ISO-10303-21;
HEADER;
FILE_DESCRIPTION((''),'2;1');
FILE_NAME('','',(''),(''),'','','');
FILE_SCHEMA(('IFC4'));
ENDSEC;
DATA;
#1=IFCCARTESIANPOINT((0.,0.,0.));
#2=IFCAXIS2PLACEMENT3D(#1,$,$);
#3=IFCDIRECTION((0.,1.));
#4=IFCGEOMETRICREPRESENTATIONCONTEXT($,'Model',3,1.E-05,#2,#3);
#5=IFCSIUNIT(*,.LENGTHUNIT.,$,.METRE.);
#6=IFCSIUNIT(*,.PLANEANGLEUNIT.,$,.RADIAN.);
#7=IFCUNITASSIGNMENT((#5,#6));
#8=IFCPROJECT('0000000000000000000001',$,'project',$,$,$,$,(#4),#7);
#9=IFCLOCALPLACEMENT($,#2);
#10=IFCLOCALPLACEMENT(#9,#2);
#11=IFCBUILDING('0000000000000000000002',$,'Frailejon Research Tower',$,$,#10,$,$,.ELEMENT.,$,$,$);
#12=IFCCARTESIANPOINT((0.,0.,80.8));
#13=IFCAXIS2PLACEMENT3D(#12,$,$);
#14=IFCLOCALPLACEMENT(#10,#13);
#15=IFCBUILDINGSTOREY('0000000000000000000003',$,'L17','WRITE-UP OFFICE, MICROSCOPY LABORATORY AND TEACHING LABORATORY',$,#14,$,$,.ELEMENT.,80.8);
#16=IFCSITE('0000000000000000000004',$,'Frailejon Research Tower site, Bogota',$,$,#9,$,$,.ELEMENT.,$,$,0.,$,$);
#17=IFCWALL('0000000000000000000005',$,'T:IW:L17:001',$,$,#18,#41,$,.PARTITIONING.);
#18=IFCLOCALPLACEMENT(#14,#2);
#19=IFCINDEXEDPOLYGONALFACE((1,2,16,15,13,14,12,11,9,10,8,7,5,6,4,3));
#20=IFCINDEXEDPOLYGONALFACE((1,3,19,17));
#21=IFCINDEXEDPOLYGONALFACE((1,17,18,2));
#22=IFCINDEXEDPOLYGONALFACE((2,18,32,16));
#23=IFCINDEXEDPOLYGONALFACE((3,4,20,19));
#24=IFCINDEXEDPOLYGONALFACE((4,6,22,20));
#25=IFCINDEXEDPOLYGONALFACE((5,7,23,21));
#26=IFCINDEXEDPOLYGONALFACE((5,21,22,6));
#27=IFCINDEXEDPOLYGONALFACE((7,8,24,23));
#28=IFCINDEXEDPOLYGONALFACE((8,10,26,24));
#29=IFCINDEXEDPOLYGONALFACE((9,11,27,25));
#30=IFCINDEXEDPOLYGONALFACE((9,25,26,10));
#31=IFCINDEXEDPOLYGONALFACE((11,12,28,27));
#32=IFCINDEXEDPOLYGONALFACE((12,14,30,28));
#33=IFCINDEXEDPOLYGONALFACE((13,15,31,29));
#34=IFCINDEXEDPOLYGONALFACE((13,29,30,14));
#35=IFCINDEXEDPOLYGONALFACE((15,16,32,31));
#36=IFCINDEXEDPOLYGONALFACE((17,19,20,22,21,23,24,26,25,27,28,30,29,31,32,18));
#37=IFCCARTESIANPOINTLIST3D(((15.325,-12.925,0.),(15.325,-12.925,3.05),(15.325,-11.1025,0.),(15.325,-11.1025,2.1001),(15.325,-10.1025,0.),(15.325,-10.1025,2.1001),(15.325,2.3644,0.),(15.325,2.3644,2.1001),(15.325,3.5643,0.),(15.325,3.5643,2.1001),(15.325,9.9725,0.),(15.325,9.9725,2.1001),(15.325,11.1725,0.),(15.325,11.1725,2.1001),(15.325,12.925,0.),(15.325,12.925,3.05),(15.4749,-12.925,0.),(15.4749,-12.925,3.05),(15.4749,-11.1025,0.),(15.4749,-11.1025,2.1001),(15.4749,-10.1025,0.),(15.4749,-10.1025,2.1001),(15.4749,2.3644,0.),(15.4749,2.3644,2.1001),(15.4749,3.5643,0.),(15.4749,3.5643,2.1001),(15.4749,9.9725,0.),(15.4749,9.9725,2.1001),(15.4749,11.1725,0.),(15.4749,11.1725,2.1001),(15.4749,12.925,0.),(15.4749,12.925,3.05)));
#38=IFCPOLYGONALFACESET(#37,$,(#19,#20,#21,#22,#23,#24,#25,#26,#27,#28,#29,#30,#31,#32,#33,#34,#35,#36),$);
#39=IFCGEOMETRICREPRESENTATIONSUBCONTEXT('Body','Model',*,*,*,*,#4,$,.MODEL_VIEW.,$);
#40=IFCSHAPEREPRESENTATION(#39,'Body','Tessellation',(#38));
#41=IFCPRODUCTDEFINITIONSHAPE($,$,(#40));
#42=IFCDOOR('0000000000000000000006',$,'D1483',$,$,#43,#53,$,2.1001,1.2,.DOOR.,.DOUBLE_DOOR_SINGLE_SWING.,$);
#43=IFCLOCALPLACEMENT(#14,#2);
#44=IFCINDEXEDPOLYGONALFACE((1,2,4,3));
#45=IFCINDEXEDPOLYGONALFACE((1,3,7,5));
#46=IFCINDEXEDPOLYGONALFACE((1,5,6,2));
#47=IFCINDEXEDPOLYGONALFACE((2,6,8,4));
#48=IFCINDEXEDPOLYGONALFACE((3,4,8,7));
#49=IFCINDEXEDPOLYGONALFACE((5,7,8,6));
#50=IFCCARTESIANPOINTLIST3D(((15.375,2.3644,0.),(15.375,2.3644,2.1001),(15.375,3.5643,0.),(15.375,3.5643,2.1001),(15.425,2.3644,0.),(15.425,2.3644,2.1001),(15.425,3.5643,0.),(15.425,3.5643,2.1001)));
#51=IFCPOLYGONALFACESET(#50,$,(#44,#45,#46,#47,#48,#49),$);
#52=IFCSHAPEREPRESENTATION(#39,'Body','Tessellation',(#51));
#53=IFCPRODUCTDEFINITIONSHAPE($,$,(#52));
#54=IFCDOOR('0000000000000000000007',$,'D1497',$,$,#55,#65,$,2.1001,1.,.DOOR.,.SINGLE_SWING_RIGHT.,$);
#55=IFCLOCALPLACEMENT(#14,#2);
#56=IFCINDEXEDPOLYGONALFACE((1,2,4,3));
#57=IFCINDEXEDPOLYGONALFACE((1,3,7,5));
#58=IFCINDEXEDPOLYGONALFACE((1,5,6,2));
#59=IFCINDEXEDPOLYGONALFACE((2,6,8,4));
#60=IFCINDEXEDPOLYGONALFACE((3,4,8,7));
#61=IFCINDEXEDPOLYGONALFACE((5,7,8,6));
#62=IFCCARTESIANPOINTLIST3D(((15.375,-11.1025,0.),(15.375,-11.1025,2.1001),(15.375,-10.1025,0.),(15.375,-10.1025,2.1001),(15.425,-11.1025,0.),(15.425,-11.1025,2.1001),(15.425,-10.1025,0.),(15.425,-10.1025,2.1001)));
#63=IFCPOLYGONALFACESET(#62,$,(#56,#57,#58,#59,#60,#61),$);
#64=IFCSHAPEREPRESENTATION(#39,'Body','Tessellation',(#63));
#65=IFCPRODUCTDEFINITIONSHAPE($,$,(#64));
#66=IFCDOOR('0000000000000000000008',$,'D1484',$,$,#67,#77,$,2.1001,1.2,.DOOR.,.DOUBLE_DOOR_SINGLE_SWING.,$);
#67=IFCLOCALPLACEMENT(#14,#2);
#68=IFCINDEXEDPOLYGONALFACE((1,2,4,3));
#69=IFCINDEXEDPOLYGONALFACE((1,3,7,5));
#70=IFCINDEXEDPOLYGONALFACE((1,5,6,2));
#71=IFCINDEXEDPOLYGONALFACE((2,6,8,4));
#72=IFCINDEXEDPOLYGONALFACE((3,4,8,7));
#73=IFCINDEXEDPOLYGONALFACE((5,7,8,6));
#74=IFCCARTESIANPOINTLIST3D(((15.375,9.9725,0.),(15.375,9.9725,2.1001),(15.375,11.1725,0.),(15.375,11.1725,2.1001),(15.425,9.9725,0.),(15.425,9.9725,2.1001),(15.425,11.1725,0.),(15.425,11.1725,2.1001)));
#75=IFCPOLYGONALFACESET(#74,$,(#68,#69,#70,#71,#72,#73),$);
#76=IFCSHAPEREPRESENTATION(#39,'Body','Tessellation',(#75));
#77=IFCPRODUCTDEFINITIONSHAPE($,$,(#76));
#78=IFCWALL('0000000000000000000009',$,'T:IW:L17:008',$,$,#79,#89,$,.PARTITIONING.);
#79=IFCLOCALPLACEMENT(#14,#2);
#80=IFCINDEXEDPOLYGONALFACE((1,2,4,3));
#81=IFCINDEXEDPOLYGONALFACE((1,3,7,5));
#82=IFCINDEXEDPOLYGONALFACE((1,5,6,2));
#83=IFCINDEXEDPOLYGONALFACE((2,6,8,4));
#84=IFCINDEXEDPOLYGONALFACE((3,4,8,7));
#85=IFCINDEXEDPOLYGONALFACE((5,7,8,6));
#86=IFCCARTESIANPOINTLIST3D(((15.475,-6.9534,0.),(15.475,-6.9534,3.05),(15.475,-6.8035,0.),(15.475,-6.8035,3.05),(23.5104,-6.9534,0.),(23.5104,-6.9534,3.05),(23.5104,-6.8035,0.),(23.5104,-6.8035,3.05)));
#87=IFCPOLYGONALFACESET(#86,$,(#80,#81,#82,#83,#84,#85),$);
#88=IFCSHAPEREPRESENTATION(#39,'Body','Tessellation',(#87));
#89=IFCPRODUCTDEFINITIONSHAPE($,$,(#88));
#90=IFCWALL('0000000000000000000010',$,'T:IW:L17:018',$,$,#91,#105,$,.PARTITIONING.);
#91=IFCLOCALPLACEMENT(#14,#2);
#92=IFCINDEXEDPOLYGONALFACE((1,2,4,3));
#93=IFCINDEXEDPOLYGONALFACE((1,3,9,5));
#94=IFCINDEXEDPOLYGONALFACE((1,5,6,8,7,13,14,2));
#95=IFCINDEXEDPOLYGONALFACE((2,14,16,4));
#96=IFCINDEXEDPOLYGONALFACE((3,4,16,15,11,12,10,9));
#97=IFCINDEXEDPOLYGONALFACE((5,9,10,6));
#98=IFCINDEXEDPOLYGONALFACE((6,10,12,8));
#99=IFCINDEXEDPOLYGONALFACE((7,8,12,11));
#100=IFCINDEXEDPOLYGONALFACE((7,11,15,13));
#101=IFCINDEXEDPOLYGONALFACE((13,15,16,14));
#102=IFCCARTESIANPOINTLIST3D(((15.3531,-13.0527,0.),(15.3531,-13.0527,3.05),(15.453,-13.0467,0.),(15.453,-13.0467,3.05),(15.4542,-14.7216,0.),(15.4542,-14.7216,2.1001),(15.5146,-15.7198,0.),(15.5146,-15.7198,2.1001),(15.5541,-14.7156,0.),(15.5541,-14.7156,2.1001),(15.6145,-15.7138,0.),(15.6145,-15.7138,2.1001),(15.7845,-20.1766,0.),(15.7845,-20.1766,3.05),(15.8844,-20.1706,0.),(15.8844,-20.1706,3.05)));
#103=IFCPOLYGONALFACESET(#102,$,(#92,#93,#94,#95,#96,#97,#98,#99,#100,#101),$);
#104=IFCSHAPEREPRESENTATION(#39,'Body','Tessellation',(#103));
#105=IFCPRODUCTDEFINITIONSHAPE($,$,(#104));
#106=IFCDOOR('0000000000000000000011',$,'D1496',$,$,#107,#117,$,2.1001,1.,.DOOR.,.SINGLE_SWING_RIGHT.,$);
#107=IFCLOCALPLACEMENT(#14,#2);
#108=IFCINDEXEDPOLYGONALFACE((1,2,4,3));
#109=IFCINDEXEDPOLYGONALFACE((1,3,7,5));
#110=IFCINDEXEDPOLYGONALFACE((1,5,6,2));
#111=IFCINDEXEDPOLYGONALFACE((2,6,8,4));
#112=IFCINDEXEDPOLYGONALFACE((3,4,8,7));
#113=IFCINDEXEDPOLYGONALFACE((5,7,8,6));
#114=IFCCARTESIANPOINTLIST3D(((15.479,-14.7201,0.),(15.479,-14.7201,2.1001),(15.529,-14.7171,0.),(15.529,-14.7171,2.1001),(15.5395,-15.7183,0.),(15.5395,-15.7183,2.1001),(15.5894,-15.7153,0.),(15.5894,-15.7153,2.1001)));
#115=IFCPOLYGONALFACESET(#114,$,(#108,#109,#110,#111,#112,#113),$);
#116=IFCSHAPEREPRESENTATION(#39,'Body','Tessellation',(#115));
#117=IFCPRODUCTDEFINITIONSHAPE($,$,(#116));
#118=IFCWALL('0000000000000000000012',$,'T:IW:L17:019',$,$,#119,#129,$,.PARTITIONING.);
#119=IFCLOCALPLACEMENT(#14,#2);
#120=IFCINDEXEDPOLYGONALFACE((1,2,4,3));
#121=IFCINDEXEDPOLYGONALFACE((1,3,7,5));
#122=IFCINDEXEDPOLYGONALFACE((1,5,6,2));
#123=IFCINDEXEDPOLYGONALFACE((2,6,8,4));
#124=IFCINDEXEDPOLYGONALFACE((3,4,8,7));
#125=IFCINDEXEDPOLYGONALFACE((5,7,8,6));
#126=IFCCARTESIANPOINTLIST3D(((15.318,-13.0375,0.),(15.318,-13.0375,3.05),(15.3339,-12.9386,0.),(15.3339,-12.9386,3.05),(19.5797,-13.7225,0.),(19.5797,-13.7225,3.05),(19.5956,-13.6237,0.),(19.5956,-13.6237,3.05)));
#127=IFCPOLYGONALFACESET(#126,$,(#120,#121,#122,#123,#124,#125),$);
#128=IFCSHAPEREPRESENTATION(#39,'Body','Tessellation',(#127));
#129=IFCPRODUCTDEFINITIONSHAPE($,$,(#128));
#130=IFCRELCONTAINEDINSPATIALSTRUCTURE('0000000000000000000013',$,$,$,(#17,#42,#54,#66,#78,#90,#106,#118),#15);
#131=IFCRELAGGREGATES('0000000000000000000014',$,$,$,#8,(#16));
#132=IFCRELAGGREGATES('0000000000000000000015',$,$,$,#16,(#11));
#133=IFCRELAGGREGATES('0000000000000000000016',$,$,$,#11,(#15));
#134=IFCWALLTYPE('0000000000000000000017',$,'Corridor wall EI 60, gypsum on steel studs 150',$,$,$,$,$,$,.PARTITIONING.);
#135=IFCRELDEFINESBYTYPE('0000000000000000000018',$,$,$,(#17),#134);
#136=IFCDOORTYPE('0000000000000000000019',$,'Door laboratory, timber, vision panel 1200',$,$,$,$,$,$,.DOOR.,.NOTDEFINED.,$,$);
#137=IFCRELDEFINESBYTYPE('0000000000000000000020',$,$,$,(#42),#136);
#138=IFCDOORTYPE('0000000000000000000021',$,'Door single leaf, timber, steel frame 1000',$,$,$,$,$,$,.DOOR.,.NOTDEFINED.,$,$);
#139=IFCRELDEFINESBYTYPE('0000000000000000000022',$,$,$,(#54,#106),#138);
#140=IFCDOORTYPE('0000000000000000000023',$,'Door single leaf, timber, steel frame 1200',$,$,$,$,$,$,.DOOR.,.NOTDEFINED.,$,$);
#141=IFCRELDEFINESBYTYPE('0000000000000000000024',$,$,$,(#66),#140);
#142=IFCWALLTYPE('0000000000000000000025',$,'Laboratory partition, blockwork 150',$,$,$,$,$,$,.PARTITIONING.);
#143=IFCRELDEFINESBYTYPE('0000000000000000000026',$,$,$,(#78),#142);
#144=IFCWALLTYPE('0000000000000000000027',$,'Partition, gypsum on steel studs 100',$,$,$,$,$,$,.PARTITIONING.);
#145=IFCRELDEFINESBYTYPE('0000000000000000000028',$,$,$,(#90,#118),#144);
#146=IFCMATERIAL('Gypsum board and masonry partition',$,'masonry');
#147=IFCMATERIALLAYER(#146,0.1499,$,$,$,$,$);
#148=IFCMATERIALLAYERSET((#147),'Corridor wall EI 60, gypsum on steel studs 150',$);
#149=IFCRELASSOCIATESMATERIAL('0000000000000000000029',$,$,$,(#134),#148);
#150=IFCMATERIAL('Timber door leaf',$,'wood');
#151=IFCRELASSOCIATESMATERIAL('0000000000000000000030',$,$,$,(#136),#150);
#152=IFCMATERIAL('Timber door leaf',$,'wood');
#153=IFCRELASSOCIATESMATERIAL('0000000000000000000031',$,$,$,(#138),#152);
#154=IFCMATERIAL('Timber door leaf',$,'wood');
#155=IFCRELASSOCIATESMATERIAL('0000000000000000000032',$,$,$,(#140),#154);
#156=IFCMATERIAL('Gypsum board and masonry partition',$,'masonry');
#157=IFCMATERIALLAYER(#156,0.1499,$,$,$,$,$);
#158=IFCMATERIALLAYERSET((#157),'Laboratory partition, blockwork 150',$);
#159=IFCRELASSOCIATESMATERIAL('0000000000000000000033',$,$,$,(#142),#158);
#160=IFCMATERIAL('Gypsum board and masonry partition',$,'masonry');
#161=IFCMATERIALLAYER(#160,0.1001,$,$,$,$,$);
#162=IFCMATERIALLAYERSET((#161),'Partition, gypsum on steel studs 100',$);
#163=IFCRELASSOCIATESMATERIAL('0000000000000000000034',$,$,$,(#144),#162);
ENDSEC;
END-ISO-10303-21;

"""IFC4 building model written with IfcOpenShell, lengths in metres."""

from ifc_helpers import new_model, si_unit, direction, frame, frame_2d, origin, place, context, subcontext, project, spatial, rectangle, extrude, material, layer, layer_set, type_object, element, fill, save


model = new_model("IFC4")

# Units and contexts
model_context = context("Model", 3, precision=1e-05, world=origin(), true_north=direction((0.0, 1.0)))
body_context = subcontext(model_context, "Body", "Model", "MODEL_VIEW")
ifc_project = project(units=[si_unit("LENGTHUNIT", "METRE"), si_unit("PLANEANGLEUNIT", "RADIAN")], contexts=[model_context])

# Site, building, storey
site_placement = place(None, origin())
site = spatial("IfcSite", under=ifc_project, at=site_placement, Name="Frailejon Research Tower site, Bogota", CompositionType="ELEMENT", RefElevation=0.0)
building_placement = place(site_placement, origin())
building = spatial("IfcBuilding", under=site, at=building_placement, Name="Frailejon Research Tower", CompositionType="ELEMENT")
storey_placement = place(building_placement, frame((0.0, 0.0, 80.8)))
storey = spatial("IfcBuildingStorey", under=building, at=storey_placement, Name="L17", Description="WRITE-UP OFFICE, MICROSCOPY LABORATORY AND TEACHING LABORATORY", CompositionType="ELEMENT", Elevation=80.8)

# Wall, openings, doors
ifc_material_1 = material(Name="Gypsum board and masonry partition", Category="masonry")
ifc_layer_1 = layer(ifc_material_1, 0.1499)
ifc_layer_set_1 = layer_set([ifc_layer_1], Name="Corridor wall EI 60, gypsum on steel studs 150")
wall_type_1 = type_object("IfcWallType", Name="Corridor wall EI 60, gypsum on steel studs 150", PredefinedType="PARTITIONING", material=ifc_layer_set_1)
wall_1_placement = place(storey_placement, frame((15.3999, -12.925, 0.0), z_axis=(0.0, 0.0, 1.0), x_axis=(0.0, 1.0, 0.0)))
wall_1 = element("IfcWall", 1, at=wall_1_placement, inside=storey, type_object=wall_type_1, Name="T:IW:L17:001", PredefinedType="PARTITIONING", context=body_context, shape_type="SweptSolid", body=[
    extrude(rectangle(XDim=25.8501, YDim=0.1499, at=frame_2d((12.925, 0.0))), origin(), (0.0, 0.0, 1.0), 3.05),
])
opening_1_placement = place(wall_1_placement, frame((15.2893, 0.0, 0.0)))
opening_1 = element("IfcOpeningElement", 2, at=opening_1_placement, cuts=wall_1, PredefinedType="OPENING", context=body_context, shape_type="SweptSolid", body=[
    extrude(rectangle(XDim=1.2, YDim=2.1001, at=frame_2d((0.6001, 1.05))), frame((0.0, 0.085, 0.0), z_axis=(0.0, -1.0, 0.0), x_axis=(1.0, 0.0, 0.0)), (0.0, 0.0, 1.0), 0.1699),
])
opening_2_placement = place(wall_1_placement, frame((22.8975, 0.0, 0.0)))
opening_2 = element("IfcOpeningElement", 3, at=opening_2_placement, cuts=wall_1, PredefinedType="OPENING", context=body_context, shape_type="SweptSolid", body=[
    extrude(rectangle(XDim=1.2, YDim=2.1001, at=frame_2d((0.6001, 1.05))), frame((0.0, 0.085, 0.0), z_axis=(0.0, -1.0, 0.0), x_axis=(1.0, 0.0, 0.0)), (0.0, 0.0, 1.0), 0.1699),
])
opening_3_placement = place(wall_1_placement, frame((1.8225, 0.0, 0.0)))
opening_3 = element("IfcOpeningElement", 4, at=opening_3_placement, cuts=wall_1, PredefinedType="OPENING", context=body_context, shape_type="SweptSolid", body=[
    extrude(rectangle(XDim=1.0, YDim=2.1001, at=frame_2d((0.5, 1.05))), frame((0.0, 0.085, 0.0), z_axis=(0.0, -1.0, 0.0), x_axis=(1.0, 0.0, 0.0)), (0.0, 0.0, 1.0), 0.1699),
])
ifc_material_2 = material(Name="Timber door leaf", Category="wood")
door_type_1 = type_object("IfcDoorType", Name="Door laboratory, timber, vision panel 1200", OperationType="NOTDEFINED", PredefinedType="DOOR", material=ifc_material_2)
door_1_placement = place(opening_1_placement, origin())
door_1 = element("IfcDoor", 5, at=door_1_placement, inside=storey, type_object=door_type_1, Name="D1483", OperationType="DOUBLE_DOOR_SINGLE_SWING", OverallHeight=2.1001, OverallWidth=1.2, PredefinedType="DOOR", context=body_context, shape_type="SweptSolid", body=[
    extrude(rectangle(XDim=1.2, YDim=2.1001, at=frame_2d((0.6001, 1.05))), frame((0.0, 0.0249, 0.0), z_axis=(0.0, -1.0, 0.0), x_axis=(1.0, 0.0, 0.0)), (0.0, 0.0, 1.0), 0.05),
])
fill(opening_1, door_1)
ifc_material_3 = material(Name="Timber door leaf", Category="wood")
door_type_2 = type_object("IfcDoorType", Name="Door single leaf, timber, steel frame 1000", OperationType="NOTDEFINED", PredefinedType="DOOR", material=ifc_material_3)
door_2_placement = place(opening_3_placement, origin())
door_2 = element("IfcDoor", 6, at=door_2_placement, inside=storey, type_object=door_type_2, Name="D1497", OperationType="SINGLE_SWING_RIGHT", OverallHeight=2.1001, OverallWidth=1.0, PredefinedType="DOOR", context=body_context, shape_type="SweptSolid", body=[
    extrude(rectangle(XDim=1.0, YDim=2.1001, at=frame_2d((0.5, 1.05))), frame((0.0, 0.0249, 0.0), z_axis=(0.0, -1.0, 0.0), x_axis=(1.0, 0.0, 0.0)), (0.0, 0.0, 1.0), 0.05),
])
fill(opening_3, door_2)
ifc_material_4 = material(Name="Timber door leaf", Category="wood")
door_type_3 = type_object("IfcDoorType", Name="Door single leaf, timber, steel frame 1200", OperationType="NOTDEFINED", PredefinedType="DOOR", material=ifc_material_4)
door_3_placement = place(opening_2_placement, origin())
door_3 = element("IfcDoor", 7, at=door_3_placement, inside=storey, type_object=door_type_3, Name="D1484", OperationType="DOUBLE_DOOR_SINGLE_SWING", OverallHeight=2.1001, OverallWidth=1.2, PredefinedType="DOOR", context=body_context, shape_type="SweptSolid", body=[
    extrude(rectangle(XDim=1.2, YDim=2.1001, at=frame_2d((0.6001, 1.05))), frame((0.0, 0.0249, 0.0), z_axis=(0.0, -1.0, 0.0), x_axis=(1.0, 0.0, 0.0)), (0.0, 0.0, 1.0), 0.05),
])
fill(opening_2, door_3)

# Wall
ifc_material_5 = material(Name="Gypsum board and masonry partition", Category="masonry")
ifc_layer_2 = layer(ifc_material_5, 0.1499)
ifc_layer_set_2 = layer_set([ifc_layer_2], Name="Laboratory partition, blockwork 150")
wall_type_2 = type_object("IfcWallType", Name="Laboratory partition, blockwork 150", PredefinedType="PARTITIONING", material=ifc_layer_set_2)
wall_2_placement = place(storey_placement, frame((15.4751, -6.8784, 0.0), z_axis=(0.0, 0.0, 1.0), x_axis=(1.0, 0.0, 0.0)))
element("IfcWall", 8, at=wall_2_placement, inside=storey, type_object=wall_type_2, Name="T:IW:L17:008", PredefinedType="PARTITIONING", context=body_context, shape_type="SweptSolid", body=[
    extrude(rectangle(XDim=8.0354, YDim=0.1499, at=frame_2d((4.0176, 0.0))), origin(), (0.0, 0.0, 1.0), 3.05),
])

# Wall, opening, door
ifc_material_6 = material(Name="Gypsum board and masonry partition", Category="masonry")
ifc_layer_3 = layer(ifc_material_6, 0.1001)
ifc_layer_set_3 = layer_set([ifc_layer_3], Name="Partition, gypsum on steel studs 100")
wall_type_3 = type_object("IfcWallType", Name="Partition, gypsum on steel studs 100", PredefinedType="PARTITIONING", material=ifc_layer_set_3)
wall_3_placement = place(storey_placement, frame((15.4031, -13.0498, 0.0), z_axis=(0.0, 0.0, 1.0), x_axis=(0.060444, -0.998172, 0.0)))
wall_3 = element("IfcWall", 9, at=wall_3_placement, inside=storey, type_object=wall_type_3, Name="T:IW:L17:018", PredefinedType="PARTITIONING", context=body_context, shape_type="SweptSolid", body=[
    extrude(rectangle(XDim=7.137, YDim=0.1001, at=frame_2d((3.5684, 0.0))), origin(), (0.0, 0.0, 1.0), 3.05),
])
opening_4_placement = place(wall_3_placement, frame((1.6719, 0.0, 0.0)))
opening_4 = element("IfcOpeningElement", 10, at=opening_4_placement, cuts=wall_3, PredefinedType="OPENING", context=body_context, shape_type="SweptSolid", body=[
    extrude(rectangle(XDim=1.0, YDim=2.1001, at=frame_2d((0.5, 1.05))), frame((0.0, 0.0601, 0.0), z_axis=(0.0, -1.0, 0.0), x_axis=(1.0, 0.0, 0.0)), (0.0, 0.0, 1.0), 0.1201),
])
door_4_placement = place(opening_4_placement, origin())
door_4 = element("IfcDoor", 11, at=door_4_placement, inside=storey, type_object=door_type_2, Name="D1496", OperationType="SINGLE_SWING_RIGHT", OverallHeight=2.1001, OverallWidth=1.0, PredefinedType="DOOR", context=body_context, shape_type="SweptSolid", body=[
    extrude(rectangle(XDim=1.0, YDim=2.1001, at=frame_2d((0.5, 1.05))), frame((0.0, 0.0249, 0.0), z_axis=(0.0, -1.0, 0.0), x_axis=(1.0, 0.0, 0.0)), (0.0, 0.0, 1.0), 0.05),
])
fill(opening_4, door_4)

# Wall
wall_4_placement = place(storey_placement, frame((15.3259, -12.988, 0.0), z_axis=(0.0, 0.0, 1.0), x_axis=(0.987325, -0.15871, 0.0)))
element("IfcWall", 12, at=wall_4_placement, inside=storey, type_object=wall_type_3, Name="T:IW:L17:019", PredefinedType="PARTITIONING", context=body_context, shape_type="SweptSolid", body=[
    extrude(rectangle(XDim=4.3164, YDim=0.1001, at=frame_2d((2.1582, 0.0))), origin(), (0.0, 0.0, 1.0), 3.05),
])

save(model, "model.ifc")
